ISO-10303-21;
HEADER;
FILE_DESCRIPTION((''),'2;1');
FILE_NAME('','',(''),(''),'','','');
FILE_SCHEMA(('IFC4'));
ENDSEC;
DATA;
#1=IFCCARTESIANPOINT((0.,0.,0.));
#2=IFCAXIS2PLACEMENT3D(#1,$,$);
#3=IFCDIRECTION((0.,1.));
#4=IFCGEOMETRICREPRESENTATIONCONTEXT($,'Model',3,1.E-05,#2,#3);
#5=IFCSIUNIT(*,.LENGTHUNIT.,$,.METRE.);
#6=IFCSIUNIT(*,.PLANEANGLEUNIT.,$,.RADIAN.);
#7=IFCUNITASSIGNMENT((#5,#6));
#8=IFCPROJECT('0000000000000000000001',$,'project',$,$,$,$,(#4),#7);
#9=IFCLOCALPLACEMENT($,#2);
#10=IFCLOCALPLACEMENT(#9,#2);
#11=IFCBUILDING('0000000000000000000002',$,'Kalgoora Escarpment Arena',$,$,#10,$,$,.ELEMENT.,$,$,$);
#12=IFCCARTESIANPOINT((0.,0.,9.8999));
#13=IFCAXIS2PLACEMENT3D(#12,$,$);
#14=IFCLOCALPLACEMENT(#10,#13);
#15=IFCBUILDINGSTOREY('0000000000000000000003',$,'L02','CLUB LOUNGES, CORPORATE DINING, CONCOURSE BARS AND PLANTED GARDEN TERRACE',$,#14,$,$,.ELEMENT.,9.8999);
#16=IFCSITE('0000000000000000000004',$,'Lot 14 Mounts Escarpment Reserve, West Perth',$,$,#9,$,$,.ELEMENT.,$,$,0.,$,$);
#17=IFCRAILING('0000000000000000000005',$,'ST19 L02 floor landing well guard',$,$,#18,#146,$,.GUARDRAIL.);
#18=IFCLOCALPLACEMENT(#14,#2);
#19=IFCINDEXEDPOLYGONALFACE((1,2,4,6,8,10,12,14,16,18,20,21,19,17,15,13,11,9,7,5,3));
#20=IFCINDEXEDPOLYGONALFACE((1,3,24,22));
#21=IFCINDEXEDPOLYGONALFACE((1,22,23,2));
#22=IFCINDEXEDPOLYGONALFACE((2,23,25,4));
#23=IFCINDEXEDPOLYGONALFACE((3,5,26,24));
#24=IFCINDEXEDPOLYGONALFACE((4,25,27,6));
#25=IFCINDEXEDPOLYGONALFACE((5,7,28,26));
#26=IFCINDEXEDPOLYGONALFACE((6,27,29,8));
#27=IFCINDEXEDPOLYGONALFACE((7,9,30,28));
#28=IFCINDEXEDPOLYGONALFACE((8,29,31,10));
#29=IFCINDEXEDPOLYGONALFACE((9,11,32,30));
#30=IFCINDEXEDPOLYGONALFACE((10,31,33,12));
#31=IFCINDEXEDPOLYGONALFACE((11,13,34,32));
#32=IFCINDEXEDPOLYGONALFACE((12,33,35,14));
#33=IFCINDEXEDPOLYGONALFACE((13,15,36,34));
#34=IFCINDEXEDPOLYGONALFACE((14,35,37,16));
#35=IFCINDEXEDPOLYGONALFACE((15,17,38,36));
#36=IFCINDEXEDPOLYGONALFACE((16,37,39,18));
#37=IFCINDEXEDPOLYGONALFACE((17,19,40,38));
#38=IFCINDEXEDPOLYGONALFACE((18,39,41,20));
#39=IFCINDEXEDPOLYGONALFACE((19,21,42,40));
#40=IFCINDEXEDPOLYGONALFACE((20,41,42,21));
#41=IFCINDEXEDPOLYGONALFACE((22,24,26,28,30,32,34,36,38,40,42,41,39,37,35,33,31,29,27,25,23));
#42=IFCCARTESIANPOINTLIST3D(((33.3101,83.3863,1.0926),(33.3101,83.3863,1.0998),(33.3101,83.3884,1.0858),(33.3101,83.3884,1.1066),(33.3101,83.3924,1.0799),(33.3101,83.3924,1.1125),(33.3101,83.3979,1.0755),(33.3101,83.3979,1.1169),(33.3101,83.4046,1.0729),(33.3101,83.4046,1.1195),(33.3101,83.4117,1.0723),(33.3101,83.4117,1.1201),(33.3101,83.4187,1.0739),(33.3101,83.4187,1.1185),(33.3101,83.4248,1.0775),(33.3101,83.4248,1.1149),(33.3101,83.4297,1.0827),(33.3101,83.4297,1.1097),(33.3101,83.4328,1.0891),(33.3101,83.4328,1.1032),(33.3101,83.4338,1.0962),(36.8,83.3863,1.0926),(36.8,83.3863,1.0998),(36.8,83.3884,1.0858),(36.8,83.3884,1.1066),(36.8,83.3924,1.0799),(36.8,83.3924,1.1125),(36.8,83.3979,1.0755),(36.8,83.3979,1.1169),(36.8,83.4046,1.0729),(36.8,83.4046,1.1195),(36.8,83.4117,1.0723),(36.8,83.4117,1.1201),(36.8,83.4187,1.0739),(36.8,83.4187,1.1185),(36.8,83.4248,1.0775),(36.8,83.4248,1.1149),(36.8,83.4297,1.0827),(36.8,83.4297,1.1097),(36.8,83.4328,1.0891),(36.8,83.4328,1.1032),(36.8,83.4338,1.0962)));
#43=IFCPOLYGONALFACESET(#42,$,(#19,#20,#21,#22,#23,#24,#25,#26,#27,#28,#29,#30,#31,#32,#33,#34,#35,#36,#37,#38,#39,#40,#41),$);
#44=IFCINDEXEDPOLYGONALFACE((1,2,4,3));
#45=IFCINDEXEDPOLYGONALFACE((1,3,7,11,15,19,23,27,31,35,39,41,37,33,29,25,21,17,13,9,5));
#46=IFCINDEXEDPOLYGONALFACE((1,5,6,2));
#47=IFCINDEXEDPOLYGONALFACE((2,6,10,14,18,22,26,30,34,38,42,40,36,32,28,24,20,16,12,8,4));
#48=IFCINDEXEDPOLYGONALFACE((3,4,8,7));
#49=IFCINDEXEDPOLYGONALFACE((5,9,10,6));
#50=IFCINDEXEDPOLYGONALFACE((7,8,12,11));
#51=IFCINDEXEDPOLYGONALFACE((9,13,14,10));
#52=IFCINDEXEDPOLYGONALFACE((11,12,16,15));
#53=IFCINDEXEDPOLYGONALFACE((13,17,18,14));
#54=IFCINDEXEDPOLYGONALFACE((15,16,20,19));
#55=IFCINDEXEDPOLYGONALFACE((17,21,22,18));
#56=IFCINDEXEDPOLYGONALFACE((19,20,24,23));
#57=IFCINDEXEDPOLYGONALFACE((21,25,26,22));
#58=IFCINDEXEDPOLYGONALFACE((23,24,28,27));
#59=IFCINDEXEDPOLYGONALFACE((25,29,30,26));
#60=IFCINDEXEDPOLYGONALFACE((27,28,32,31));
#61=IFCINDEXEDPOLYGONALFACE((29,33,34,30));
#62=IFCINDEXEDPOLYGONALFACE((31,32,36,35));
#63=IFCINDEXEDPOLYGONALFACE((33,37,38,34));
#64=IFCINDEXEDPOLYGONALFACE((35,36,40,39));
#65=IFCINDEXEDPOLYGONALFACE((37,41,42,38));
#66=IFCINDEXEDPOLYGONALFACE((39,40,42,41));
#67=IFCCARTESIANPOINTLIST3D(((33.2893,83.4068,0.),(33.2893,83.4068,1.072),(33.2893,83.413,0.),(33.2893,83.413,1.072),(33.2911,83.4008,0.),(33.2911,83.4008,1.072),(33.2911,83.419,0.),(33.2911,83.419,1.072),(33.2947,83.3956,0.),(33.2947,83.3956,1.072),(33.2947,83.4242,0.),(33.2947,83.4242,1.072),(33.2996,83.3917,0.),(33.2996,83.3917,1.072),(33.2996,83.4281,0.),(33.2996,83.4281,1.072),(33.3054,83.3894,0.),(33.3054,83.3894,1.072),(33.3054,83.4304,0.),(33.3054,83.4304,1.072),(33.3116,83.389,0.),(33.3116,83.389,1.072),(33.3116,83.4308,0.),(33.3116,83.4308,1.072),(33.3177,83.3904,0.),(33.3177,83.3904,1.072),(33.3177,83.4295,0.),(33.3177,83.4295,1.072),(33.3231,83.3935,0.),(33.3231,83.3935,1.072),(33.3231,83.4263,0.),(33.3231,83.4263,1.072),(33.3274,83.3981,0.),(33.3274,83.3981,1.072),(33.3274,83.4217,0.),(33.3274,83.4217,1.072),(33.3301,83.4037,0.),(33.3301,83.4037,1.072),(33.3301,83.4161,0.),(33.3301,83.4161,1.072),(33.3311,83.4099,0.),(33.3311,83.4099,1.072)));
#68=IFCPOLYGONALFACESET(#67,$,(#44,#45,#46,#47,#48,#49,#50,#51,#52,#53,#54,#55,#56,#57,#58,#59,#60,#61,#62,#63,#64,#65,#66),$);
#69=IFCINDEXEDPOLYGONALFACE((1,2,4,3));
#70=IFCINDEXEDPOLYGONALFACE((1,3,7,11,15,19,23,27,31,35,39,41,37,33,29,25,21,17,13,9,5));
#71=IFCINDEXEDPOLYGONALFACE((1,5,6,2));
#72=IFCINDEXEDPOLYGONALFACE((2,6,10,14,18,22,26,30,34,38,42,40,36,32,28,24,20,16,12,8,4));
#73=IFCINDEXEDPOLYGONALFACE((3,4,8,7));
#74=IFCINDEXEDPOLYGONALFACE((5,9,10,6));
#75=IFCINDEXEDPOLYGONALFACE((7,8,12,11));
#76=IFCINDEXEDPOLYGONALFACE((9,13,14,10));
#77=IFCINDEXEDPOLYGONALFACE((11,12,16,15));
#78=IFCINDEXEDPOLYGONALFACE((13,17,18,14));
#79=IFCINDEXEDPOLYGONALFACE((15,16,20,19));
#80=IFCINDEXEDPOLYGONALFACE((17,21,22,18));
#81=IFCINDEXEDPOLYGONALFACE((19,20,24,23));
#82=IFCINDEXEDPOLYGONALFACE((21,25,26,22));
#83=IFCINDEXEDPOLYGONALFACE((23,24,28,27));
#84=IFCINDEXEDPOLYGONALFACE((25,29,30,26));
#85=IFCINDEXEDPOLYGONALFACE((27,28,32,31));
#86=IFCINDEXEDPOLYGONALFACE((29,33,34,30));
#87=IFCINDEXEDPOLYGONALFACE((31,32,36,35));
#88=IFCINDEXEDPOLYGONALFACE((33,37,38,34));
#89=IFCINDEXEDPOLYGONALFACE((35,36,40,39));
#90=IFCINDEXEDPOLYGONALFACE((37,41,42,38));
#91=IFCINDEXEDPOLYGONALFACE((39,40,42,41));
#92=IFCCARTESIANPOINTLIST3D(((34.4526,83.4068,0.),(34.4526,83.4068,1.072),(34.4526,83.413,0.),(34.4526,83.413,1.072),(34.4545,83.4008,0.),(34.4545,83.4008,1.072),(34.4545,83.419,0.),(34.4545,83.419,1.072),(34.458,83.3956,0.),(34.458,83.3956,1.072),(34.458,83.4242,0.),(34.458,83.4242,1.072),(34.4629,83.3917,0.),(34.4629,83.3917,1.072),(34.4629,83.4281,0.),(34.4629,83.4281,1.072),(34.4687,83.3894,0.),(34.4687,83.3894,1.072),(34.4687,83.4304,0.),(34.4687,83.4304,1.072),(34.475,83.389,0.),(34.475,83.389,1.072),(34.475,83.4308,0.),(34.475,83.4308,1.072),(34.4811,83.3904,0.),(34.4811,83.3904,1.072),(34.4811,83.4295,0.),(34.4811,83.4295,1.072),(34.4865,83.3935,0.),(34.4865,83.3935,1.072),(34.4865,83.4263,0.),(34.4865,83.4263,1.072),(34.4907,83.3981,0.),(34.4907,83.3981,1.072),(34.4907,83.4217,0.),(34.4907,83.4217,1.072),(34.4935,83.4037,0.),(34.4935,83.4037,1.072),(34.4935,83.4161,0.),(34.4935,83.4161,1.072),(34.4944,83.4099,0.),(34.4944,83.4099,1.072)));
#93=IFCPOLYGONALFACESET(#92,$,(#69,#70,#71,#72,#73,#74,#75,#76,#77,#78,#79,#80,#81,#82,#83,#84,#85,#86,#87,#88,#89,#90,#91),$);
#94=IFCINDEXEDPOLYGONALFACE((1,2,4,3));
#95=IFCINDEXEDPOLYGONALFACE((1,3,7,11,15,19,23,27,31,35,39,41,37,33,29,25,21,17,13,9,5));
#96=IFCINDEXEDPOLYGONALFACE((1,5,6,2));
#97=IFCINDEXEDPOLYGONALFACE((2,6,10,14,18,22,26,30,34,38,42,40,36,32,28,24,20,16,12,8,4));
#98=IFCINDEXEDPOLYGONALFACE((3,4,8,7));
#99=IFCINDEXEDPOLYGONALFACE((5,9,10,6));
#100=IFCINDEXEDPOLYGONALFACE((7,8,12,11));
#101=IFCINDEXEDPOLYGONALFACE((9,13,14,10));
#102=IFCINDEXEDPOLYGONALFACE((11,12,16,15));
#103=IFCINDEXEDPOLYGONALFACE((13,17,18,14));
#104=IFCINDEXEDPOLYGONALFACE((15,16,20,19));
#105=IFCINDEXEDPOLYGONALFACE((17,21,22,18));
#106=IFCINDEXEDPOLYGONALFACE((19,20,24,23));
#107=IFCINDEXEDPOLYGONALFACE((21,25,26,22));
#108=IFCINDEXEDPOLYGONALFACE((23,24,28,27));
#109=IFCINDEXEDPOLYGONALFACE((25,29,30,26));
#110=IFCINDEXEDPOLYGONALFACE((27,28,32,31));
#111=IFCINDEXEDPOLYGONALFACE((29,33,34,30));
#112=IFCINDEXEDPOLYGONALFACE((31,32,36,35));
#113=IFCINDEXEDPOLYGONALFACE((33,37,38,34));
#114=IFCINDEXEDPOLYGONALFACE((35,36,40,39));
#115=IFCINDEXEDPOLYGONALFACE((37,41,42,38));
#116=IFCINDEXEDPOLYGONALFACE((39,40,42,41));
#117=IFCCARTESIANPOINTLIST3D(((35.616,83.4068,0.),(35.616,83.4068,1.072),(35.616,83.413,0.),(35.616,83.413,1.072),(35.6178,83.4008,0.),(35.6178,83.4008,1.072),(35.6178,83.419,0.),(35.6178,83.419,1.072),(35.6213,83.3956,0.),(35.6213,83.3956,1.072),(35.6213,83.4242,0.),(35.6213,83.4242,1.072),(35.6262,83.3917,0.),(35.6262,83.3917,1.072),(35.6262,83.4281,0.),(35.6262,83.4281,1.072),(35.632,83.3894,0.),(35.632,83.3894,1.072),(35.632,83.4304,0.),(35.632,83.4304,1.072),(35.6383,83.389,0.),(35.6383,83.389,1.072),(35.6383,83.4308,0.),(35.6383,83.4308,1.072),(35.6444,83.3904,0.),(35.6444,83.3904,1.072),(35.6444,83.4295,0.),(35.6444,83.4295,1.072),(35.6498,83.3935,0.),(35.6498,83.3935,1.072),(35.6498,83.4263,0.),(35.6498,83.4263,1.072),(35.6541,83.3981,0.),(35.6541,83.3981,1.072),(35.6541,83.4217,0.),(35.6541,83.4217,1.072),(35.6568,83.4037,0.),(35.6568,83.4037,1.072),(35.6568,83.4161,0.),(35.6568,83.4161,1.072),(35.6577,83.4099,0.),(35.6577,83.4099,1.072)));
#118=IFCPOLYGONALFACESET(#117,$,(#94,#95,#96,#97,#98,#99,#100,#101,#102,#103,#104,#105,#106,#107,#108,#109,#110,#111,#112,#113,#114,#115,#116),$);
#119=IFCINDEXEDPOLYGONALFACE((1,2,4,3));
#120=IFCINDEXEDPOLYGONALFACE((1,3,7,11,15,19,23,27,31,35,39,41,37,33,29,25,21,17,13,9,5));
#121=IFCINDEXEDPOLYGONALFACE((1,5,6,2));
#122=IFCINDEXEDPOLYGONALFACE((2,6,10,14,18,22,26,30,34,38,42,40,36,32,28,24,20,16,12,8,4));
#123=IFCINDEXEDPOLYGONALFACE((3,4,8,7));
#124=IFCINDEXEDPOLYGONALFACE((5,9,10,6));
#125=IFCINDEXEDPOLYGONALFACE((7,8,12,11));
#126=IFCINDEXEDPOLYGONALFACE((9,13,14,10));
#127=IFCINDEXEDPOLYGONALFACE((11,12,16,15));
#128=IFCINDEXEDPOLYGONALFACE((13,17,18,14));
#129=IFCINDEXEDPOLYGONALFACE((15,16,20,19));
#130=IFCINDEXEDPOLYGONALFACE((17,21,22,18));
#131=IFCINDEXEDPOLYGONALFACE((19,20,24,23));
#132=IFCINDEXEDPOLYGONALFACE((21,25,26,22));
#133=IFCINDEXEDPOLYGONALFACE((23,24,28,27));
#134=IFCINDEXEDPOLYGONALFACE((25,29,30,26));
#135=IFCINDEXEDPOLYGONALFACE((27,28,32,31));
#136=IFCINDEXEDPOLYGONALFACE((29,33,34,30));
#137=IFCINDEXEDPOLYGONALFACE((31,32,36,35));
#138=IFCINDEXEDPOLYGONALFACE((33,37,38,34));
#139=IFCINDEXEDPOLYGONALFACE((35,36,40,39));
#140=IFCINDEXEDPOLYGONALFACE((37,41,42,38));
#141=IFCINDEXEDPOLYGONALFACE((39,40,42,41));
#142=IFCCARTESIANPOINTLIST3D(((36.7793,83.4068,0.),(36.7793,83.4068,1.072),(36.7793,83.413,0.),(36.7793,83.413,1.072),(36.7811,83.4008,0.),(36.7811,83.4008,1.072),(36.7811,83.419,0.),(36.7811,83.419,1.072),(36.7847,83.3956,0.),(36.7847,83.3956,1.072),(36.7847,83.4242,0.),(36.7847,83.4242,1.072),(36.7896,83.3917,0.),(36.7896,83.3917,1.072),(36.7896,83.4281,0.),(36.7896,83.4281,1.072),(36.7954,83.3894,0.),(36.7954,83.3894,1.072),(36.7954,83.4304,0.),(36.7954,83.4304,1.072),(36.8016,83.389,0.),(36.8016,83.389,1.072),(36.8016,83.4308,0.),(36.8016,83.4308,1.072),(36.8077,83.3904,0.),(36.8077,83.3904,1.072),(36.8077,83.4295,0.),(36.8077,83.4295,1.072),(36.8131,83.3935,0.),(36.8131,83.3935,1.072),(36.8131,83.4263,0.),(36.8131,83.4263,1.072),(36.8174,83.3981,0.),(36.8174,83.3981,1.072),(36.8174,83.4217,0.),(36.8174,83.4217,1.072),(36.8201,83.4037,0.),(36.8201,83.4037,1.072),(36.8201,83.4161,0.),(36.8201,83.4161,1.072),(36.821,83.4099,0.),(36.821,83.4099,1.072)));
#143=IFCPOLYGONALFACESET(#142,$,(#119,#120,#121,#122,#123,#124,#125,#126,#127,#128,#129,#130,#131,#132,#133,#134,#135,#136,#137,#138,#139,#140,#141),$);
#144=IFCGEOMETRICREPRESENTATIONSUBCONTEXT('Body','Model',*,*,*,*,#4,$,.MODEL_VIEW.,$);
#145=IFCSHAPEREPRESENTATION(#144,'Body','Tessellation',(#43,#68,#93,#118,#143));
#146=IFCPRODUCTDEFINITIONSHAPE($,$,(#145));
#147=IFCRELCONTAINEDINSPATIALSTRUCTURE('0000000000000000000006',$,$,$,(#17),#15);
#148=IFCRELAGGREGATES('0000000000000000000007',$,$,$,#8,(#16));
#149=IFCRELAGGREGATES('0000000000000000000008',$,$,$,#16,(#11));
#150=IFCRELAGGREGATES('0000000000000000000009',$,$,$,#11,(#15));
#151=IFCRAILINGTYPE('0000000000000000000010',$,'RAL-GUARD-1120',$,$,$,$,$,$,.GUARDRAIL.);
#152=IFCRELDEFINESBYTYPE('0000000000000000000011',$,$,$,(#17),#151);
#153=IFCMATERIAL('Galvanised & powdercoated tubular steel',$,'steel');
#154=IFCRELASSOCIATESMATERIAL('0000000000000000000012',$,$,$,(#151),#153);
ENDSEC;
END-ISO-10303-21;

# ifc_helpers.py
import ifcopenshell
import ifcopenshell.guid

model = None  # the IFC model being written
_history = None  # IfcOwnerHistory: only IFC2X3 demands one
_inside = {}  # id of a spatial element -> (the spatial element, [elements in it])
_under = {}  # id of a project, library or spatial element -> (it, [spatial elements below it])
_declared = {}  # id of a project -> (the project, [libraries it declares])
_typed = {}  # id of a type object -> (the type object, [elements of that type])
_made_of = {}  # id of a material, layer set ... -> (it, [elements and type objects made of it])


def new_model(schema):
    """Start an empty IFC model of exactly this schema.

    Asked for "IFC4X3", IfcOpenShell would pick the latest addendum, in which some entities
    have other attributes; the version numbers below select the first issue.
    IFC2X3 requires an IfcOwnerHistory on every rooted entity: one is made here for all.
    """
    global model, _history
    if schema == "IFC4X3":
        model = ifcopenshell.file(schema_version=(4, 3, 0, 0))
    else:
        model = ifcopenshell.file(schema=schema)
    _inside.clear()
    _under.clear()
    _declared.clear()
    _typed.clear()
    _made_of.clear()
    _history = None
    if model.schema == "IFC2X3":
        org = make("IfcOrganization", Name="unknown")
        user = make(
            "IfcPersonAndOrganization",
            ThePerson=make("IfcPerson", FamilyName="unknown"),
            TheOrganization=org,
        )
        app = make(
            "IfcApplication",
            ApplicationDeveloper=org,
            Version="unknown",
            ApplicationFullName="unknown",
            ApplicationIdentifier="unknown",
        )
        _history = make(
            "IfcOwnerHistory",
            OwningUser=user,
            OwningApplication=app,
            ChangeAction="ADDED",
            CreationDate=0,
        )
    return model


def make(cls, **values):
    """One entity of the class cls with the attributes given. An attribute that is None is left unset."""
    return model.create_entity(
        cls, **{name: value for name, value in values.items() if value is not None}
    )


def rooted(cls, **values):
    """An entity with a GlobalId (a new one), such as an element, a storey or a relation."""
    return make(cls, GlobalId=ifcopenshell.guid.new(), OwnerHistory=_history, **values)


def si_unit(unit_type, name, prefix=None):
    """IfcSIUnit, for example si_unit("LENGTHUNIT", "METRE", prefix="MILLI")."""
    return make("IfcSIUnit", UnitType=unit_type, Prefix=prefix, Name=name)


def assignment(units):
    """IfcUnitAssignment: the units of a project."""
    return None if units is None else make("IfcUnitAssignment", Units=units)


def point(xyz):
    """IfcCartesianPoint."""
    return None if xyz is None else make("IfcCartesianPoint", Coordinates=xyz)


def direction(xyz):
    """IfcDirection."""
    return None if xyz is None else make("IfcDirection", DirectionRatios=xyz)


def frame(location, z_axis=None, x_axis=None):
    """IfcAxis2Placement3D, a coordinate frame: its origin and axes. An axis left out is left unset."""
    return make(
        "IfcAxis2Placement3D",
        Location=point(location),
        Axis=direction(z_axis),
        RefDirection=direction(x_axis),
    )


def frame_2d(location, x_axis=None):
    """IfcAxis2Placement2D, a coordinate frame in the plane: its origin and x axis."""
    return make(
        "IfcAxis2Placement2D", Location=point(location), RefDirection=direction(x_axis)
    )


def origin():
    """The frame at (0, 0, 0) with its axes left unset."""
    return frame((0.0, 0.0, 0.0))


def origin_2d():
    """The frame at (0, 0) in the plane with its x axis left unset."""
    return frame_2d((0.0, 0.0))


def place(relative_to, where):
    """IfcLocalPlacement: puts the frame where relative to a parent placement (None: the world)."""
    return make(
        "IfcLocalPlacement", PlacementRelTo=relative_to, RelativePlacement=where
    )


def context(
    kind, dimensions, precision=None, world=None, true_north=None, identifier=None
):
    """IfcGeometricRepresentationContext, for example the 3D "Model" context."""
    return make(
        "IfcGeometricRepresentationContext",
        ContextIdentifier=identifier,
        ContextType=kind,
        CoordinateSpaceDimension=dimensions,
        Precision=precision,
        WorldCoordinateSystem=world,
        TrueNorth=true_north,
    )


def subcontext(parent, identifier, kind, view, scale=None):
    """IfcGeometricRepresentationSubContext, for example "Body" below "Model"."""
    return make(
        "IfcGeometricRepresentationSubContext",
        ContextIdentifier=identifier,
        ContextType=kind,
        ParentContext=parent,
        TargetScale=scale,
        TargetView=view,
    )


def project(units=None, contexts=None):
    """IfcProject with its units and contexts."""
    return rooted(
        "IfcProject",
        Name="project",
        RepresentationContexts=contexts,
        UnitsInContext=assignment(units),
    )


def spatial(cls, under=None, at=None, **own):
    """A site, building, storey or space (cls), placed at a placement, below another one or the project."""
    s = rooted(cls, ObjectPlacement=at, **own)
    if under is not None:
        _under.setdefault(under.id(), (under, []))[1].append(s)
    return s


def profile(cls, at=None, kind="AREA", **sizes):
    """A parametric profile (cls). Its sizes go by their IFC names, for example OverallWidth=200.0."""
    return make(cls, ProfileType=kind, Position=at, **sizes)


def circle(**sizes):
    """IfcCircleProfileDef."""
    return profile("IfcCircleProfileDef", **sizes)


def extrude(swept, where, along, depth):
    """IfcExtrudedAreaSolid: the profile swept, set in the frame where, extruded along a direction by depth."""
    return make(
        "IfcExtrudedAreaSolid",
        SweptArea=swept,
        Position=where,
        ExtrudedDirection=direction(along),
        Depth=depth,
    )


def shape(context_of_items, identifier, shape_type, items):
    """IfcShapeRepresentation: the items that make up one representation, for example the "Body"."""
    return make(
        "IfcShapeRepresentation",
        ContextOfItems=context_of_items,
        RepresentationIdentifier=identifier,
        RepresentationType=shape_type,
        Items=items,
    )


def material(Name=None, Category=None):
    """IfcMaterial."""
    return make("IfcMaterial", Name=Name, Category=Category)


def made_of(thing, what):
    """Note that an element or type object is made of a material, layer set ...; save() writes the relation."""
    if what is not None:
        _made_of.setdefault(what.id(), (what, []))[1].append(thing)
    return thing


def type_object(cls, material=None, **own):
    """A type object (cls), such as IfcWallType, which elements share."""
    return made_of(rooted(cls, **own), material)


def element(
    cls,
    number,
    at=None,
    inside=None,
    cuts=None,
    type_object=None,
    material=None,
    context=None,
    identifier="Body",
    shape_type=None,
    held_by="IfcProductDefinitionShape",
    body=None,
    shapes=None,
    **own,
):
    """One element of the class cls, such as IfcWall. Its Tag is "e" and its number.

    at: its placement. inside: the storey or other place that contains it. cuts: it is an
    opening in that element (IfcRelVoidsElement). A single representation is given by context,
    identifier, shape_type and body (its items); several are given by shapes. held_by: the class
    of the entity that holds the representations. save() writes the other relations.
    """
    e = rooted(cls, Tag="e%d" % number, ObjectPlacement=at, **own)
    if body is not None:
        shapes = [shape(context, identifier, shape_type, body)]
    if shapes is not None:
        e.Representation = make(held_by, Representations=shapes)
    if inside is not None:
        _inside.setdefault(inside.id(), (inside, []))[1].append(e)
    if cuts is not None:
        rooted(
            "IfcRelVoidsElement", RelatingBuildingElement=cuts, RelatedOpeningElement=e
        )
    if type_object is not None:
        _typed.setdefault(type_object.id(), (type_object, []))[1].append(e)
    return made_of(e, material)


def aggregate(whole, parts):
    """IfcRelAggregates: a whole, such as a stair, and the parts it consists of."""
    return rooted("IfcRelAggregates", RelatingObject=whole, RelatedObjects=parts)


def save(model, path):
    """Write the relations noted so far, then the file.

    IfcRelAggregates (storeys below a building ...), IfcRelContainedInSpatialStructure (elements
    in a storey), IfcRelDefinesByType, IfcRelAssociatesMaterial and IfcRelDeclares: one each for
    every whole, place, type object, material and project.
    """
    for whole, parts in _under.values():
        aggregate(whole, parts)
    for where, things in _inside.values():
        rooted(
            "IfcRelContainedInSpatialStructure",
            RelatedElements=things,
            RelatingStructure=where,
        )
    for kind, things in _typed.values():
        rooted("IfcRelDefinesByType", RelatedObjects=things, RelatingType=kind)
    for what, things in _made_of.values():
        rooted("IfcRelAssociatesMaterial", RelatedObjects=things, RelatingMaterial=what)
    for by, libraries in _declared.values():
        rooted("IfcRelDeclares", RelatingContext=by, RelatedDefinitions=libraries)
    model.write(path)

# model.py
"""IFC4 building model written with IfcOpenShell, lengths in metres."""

from ifc_helpers import new_model, si_unit, direction, frame, origin, origin_2d, place, context, subcontext, project, spatial, circle, extrude, material, type_object, element, save


model = new_model("IFC4")

# Units and contexts
model_context = context("Model", 3, precision=1e-05, world=origin(), true_north=direction((0.0, 1.0)))
body_context = subcontext(model_context, "Body", "Model", "MODEL_VIEW")
ifc_project = project(units=[si_unit("LENGTHUNIT", "METRE"), si_unit("PLANEANGLEUNIT", "RADIAN")], contexts=[model_context])

# Site, building, storey
site_placement = place(None, origin())
site = spatial("IfcSite", under=ifc_project, at=site_placement, Name="Lot 14 Mounts Escarpment Reserve, West Perth", CompositionType="ELEMENT", RefElevation=0.0)
building_placement = place(site_placement, origin())
building = spatial("IfcBuilding", under=site, at=building_placement, Name="Kalgoora Escarpment Arena", CompositionType="ELEMENT")
storey_placement = place(building_placement, frame((0.0, 0.0, 9.8999)))
storey = spatial("IfcBuildingStorey", under=building, at=storey_placement, Name="L02", Description="CLUB LOUNGES, CORPORATE DINING, CONCOURSE BARS AND PLANTED GARDEN TERRACE", CompositionType="ELEMENT", Elevation=9.8999)

# Railing
ifc_material_1 = material(Name="Galvanised & powdercoated tubular steel", Category="steel")
railing_type_1 = type_object("IfcRailingType", Name="RAL-GUARD-1120", PredefinedType="GUARDRAIL", material=ifc_material_1)
railing_1_placement = place(storey_placement, frame((33.3101, 83.4099, 0.0)))
element("IfcRailing", 1, at=railing_1_placement, inside=storey, type_object=railing_type_1, Name="ST19 L02 floor landing well guard", PredefinedType="GUARDRAIL", context=body_context, shape_type="SweptSolid", body=[
    extrude(circle(Radius=0.0239, at=origin_2d()), frame((0.0, 0.0, 1.0962), z_axis=(1.0, 0.0, 0.0), x_axis=(0.0, 1.0, 0.0)), (0.0, 0.0, 1.0), 3.49),
    extrude(circle(Radius=0.021, at=origin_2d()), origin(), (0.0, 0.0, 1.0), 1.072),
    extrude(circle(Radius=0.021, at=origin_2d()), frame((1.1633, 0.0, 0.0)), (0.0, 0.0, 1.0), 1.072),
    extrude(circle(Radius=0.021, at=origin_2d()), frame((2.3267, 0.0, 0.0)), (0.0, 0.0, 1.0), 1.072),
    extrude(circle(Radius=0.021, at=origin_2d()), frame((3.49, 0.0, 0.0)), (0.0, 0.0, 1.0), 1.072),
])

save(model, "model.ifc")
